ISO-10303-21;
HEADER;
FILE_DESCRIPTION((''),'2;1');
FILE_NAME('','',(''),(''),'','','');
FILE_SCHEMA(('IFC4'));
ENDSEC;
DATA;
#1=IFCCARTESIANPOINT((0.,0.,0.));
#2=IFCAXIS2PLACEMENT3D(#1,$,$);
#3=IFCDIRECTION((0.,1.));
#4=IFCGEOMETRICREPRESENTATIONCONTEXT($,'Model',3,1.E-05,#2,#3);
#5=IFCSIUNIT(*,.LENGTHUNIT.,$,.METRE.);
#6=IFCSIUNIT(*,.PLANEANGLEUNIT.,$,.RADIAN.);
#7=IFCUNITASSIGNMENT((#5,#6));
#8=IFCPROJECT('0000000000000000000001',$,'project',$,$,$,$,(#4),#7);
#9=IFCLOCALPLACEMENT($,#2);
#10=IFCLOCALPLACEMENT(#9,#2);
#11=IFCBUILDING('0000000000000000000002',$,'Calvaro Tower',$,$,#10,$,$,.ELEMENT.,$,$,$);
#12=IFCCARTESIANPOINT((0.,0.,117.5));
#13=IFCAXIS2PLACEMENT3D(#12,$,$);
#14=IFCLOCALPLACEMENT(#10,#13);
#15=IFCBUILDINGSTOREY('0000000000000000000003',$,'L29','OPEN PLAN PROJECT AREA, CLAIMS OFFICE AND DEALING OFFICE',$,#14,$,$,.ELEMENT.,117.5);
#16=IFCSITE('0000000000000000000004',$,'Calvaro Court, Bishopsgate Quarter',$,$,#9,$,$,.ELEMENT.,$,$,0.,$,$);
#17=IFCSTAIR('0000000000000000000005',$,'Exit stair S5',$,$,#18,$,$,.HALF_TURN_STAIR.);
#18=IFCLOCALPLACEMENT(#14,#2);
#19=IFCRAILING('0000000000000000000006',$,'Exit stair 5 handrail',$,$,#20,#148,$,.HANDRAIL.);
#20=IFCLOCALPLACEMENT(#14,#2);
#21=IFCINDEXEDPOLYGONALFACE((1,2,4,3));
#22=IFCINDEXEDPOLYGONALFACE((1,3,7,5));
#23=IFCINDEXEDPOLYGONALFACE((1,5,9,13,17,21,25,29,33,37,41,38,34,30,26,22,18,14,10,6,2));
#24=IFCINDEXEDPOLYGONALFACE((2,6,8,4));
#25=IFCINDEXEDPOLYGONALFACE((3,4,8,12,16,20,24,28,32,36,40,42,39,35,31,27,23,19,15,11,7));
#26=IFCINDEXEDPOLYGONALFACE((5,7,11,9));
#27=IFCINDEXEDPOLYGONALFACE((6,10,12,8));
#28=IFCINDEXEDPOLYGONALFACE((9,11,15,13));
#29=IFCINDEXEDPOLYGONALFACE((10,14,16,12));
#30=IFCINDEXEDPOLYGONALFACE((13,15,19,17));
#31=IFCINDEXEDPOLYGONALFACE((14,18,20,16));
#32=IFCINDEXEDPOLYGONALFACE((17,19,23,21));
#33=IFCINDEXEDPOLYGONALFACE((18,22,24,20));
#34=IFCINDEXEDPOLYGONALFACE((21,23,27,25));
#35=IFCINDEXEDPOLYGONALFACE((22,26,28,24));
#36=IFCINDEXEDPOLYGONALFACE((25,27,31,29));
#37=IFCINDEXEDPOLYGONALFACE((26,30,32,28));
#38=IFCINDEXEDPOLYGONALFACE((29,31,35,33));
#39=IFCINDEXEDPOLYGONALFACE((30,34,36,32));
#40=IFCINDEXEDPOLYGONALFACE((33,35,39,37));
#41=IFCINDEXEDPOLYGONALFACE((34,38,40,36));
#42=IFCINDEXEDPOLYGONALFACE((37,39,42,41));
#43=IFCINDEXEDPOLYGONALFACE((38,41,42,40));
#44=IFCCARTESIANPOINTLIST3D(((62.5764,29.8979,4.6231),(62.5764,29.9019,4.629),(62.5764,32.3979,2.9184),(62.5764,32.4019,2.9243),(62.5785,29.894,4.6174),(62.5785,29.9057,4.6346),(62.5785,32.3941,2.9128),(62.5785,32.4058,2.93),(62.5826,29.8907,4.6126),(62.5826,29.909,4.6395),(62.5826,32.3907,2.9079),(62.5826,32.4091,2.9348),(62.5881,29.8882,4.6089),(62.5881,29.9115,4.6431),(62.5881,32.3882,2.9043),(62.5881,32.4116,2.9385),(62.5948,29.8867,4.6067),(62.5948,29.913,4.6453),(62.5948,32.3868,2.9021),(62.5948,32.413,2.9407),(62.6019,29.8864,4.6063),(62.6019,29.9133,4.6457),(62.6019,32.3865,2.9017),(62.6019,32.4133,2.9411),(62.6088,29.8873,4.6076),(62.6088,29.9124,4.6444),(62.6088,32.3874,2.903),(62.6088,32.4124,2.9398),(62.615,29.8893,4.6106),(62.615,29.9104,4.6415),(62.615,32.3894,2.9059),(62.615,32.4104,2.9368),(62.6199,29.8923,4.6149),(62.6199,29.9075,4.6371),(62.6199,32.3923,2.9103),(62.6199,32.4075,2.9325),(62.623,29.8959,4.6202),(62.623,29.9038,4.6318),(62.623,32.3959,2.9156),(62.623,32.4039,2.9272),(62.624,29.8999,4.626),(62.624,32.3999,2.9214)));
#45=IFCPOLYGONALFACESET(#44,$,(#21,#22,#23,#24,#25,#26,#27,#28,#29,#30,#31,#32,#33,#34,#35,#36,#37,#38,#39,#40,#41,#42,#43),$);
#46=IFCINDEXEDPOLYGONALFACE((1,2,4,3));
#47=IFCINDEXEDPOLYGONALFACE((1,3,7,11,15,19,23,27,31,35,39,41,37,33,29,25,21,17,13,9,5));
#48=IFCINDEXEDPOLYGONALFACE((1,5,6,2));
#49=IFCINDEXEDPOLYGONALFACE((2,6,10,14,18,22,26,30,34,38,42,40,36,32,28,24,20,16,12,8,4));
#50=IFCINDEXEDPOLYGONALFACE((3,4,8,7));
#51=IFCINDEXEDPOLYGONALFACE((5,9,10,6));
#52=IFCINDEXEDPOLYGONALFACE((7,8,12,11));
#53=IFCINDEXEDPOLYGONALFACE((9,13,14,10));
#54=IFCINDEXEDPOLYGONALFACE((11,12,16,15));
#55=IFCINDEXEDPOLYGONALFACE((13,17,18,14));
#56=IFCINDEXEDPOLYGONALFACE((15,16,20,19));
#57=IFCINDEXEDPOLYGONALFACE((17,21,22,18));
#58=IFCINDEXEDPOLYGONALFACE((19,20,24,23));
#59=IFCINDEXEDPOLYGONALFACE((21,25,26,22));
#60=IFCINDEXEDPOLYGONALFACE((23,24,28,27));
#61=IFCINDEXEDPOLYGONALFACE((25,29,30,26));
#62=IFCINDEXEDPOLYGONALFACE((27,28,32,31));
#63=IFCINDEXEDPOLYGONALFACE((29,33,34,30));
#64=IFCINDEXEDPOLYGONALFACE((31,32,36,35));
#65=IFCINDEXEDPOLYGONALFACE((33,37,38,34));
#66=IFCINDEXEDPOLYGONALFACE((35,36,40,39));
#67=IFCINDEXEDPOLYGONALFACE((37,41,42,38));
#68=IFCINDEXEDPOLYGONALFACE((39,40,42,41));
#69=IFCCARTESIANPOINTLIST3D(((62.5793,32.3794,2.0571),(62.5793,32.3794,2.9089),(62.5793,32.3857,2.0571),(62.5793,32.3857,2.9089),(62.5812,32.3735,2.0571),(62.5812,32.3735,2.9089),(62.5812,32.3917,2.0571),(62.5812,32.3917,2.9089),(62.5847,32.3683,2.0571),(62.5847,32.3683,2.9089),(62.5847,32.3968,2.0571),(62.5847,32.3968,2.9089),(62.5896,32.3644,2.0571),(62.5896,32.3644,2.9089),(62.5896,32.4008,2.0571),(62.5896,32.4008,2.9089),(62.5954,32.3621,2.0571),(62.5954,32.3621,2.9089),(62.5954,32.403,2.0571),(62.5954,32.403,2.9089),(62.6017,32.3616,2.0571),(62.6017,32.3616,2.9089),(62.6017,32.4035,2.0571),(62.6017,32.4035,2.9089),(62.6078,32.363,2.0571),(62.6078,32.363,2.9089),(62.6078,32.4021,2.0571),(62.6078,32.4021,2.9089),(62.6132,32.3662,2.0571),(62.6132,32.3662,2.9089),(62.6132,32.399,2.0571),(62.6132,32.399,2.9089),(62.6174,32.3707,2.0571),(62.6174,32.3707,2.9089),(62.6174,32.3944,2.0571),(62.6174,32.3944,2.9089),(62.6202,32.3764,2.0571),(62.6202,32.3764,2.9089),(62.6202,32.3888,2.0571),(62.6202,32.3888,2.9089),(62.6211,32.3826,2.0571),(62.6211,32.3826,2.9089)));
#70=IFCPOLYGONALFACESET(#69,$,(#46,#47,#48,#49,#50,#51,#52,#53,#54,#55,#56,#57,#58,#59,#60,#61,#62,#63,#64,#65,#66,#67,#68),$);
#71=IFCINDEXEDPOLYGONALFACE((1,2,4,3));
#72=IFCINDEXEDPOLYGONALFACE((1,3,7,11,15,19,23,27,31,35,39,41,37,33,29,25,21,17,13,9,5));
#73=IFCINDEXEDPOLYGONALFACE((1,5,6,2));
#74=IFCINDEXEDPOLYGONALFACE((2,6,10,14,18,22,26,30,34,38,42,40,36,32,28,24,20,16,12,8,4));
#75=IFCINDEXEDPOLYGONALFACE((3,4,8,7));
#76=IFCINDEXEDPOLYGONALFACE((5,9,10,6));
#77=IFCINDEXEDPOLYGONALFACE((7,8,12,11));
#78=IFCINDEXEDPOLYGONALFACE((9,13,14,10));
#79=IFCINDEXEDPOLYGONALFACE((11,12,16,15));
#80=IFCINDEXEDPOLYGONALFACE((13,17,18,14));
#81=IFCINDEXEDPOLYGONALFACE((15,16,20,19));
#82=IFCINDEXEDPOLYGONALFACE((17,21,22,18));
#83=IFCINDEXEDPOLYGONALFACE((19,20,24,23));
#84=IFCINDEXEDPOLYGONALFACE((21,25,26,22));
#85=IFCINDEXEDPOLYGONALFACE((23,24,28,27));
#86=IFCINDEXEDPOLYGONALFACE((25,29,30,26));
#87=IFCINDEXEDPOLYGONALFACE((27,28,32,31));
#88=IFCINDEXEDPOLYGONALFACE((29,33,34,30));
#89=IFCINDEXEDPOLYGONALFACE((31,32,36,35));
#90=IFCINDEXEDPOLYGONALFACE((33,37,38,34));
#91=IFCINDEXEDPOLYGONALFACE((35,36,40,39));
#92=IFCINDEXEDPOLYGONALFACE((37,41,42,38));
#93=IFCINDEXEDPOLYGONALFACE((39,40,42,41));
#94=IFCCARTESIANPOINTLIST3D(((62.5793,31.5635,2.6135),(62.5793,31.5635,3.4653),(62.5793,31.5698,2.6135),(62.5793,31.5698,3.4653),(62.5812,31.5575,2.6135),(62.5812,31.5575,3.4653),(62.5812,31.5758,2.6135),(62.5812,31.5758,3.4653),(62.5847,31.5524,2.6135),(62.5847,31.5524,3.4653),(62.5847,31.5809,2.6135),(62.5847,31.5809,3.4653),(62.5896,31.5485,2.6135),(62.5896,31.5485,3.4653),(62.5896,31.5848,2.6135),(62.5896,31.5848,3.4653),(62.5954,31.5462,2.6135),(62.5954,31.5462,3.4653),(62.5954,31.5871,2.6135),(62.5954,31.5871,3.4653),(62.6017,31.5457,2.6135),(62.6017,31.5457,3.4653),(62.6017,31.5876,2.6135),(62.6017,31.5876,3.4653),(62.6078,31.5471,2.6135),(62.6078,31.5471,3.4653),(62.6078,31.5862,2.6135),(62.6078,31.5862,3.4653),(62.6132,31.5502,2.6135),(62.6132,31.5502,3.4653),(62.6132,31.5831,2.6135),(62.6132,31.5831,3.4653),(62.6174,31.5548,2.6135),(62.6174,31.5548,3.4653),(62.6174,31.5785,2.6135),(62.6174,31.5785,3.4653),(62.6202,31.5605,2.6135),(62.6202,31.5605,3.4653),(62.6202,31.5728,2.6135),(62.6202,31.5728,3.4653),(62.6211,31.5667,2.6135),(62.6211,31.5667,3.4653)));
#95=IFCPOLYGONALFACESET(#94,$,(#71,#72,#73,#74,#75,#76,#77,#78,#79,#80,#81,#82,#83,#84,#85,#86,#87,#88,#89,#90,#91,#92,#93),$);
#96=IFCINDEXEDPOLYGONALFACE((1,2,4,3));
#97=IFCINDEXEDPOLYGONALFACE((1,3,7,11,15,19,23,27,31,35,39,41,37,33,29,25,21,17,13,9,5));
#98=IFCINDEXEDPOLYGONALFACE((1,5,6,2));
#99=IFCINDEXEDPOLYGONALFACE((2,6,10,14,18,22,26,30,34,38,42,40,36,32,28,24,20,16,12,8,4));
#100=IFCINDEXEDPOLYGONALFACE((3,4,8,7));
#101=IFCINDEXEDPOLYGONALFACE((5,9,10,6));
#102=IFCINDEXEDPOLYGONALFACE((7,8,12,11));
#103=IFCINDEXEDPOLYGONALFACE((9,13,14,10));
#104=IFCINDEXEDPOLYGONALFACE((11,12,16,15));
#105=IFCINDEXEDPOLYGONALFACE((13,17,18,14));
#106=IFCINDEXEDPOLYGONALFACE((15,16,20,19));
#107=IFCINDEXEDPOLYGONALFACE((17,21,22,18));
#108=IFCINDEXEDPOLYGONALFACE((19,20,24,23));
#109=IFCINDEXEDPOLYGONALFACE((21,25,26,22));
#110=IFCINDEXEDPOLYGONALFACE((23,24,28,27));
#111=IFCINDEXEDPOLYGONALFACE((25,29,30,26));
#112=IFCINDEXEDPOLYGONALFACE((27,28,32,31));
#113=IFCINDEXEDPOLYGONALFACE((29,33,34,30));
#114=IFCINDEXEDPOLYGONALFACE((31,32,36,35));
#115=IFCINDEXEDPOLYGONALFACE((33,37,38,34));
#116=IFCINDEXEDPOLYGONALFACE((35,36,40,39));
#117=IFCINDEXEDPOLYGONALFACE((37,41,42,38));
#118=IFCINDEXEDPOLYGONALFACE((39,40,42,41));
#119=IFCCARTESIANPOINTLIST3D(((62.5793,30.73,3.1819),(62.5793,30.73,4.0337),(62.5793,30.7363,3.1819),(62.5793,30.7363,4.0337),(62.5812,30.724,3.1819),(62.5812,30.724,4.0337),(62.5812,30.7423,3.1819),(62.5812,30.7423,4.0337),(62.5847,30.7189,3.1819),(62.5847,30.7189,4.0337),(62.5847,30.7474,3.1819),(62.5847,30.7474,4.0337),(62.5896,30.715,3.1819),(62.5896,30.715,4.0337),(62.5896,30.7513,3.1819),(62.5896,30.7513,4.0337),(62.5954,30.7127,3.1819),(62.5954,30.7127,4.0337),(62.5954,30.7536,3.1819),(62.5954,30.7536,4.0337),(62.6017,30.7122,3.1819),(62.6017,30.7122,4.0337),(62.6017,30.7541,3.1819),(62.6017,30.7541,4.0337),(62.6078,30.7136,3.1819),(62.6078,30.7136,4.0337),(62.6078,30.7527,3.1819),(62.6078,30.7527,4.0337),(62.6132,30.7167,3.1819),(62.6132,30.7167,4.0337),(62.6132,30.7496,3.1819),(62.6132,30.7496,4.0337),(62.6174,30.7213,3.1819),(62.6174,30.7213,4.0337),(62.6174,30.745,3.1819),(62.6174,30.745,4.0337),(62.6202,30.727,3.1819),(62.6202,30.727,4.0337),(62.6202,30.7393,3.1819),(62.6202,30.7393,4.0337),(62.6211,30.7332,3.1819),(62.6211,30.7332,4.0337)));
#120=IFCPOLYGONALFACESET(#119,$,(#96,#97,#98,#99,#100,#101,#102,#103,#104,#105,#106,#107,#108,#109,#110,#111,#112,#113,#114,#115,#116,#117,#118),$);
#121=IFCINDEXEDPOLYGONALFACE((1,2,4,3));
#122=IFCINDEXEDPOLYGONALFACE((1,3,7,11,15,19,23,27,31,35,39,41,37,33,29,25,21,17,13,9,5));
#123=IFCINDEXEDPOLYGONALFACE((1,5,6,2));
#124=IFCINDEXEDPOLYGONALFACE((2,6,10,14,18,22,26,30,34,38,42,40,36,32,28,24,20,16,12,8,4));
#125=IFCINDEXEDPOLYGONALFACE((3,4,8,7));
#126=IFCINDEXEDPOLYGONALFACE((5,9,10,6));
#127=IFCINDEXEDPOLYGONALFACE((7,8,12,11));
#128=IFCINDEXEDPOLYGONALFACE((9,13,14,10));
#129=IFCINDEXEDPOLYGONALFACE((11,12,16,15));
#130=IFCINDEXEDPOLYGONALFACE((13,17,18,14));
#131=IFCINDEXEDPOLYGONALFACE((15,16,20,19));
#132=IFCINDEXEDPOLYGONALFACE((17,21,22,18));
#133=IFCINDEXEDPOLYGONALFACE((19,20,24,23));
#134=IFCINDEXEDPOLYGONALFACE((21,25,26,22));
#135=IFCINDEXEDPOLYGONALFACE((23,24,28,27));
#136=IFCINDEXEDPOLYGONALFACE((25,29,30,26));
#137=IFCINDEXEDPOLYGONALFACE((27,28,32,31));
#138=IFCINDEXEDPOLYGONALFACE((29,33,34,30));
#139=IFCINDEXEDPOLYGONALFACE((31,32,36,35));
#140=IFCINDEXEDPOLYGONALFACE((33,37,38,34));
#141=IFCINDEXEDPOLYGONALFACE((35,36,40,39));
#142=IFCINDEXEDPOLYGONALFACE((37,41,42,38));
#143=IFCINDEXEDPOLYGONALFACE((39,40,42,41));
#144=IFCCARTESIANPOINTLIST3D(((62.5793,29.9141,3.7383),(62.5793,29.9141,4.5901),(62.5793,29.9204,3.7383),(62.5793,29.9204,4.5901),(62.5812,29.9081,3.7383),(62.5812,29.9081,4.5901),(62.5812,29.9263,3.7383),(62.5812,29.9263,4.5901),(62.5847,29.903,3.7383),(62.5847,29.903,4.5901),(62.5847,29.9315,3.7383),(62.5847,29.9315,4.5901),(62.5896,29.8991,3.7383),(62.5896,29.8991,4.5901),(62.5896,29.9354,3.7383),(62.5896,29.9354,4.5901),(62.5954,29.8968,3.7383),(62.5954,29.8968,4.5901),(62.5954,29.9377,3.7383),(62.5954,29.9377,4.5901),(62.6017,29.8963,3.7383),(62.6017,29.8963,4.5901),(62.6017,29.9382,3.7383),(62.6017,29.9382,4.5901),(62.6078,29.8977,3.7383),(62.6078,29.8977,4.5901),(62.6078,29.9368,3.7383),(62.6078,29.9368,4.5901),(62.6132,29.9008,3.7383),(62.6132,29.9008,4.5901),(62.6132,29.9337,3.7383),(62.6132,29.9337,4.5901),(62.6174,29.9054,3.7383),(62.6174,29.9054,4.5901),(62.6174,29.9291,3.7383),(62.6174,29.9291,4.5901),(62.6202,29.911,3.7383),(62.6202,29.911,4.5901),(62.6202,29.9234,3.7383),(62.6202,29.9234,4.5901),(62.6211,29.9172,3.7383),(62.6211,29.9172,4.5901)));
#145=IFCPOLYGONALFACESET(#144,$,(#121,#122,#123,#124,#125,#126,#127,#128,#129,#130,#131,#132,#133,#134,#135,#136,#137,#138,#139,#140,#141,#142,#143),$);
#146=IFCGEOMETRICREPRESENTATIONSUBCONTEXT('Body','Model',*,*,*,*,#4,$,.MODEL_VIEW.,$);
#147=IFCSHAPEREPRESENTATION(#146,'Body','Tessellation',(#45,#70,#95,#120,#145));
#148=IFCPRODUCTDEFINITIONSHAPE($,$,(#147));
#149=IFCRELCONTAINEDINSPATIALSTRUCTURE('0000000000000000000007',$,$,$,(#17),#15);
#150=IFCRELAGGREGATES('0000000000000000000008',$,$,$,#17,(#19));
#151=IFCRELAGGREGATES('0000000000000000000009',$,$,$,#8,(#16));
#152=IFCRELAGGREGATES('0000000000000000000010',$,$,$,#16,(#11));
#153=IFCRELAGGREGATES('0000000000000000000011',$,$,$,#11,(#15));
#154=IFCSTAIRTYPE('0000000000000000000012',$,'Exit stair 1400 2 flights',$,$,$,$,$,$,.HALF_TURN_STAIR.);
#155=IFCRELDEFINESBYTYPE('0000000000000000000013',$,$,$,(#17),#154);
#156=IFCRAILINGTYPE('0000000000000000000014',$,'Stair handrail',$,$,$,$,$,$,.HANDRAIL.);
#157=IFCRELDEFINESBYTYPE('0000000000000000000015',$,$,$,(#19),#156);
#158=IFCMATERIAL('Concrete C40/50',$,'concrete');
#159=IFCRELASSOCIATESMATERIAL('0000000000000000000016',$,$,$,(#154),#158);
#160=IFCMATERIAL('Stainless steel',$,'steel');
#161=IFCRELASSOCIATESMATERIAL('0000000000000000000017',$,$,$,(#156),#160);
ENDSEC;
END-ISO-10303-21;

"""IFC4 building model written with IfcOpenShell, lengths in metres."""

from ifc_helpers import new_model, si_unit, direction, frame, origin, origin_2d, place, context, subcontext, project, spatial, circle, extrude, material, type_object, element, aggregate, save


model = new_model("IFC4")

# Units and contexts
model_context = context("Model", 3, precision=1e-05, world=origin(), true_north=direction((0.0, 1.0)))
body_context = subcontext(model_context, "Body", "Model", "MODEL_VIEW")
ifc_project = project(units=[si_unit("LENGTHUNIT", "METRE"), si_unit("PLANEANGLEUNIT", "RADIAN")], contexts=[model_context])

# Site, building, storey
site_placement = place(None, origin())
site = spatial("IfcSite", under=ifc_project, at=site_placement, Name="Calvaro Court, Bishopsgate Quarter", CompositionType="ELEMENT", RefElevation=0.0)
building_placement = place(site_placement, origin())
building = spatial("IfcBuilding", under=site, at=building_placement, Name="Calvaro Tower", CompositionType="ELEMENT")
storey_placement = place(building_placement, frame((0.0, 0.0, 117.5)))
storey = spatial("IfcBuildingStorey", under=building, at=storey_placement, Name="L29", Description="OPEN PLAN PROJECT AREA, CLAIMS OFFICE AND DEALING OFFICE", CompositionType="ELEMENT", Elevation=117.5)

# Stair
ifc_material_1 = material(Name="Concrete C40/50", Category="concrete")
stair_type = type_object("IfcStairType", Name="Exit stair 1400 2 flights", PredefinedType="HALF_TURN_STAIR", material=ifc_material_1)
stair_1_placement = place(storey_placement, origin())
stair_1 = element("IfcStair", 1, at=stair_1_placement, inside=storey, type_object=stair_type, Name="Exit stair S5", PredefinedType="HALF_TURN_STAIR")

# Shared definitions
ifc_material_2 = material(Name="Stainless steel", Category="steel")
railing_type = type_object("IfcRailingType", Name="Stair handrail", PredefinedType="HANDRAIL", material=ifc_material_2)

# Railing
railing_1_placement = place(storey_placement, frame((62.6001, 32.3999, 2.0454)))
railing_1 = element("IfcRailing", 2, at=railing_1_placement, type_object=railing_type, Name="Exit stair 5 handrail", PredefinedType="HANDRAIL", context=body_context, shape_type="SweptSolid", body=[
    extrude(circle(Radius=0.0239, at=origin_2d()), frame((0.0, 0.0, 0.876), z_axis=(0.0, -0.826221, 0.563347), x_axis=(1.0, 0.0, 0.0)), (0.0, 0.0, 1.0), 3.0259),
    extrude(circle(Radius=0.021, at=origin_2d()), frame((0.0, -0.0173, 0.0117)), (0.0, 0.0, 1.0), 0.8518),
    extrude(circle(Radius=0.021, at=origin_2d()), frame((0.0, -0.8333, 0.5681)), (0.0, 0.0, 1.0), 0.8518),
    extrude(circle(Radius=0.021, at=origin_2d()), frame((0.0, -1.6667, 1.1365)), (0.0, 0.0, 1.0), 0.8518),
    extrude(circle(Radius=0.021, at=origin_2d()), frame((0.0, -2.4827, 1.6929)), (0.0, 0.0, 1.0), 0.8518),
])
aggregate(stair_1, [railing_1])

save(model, "model.ifc")
